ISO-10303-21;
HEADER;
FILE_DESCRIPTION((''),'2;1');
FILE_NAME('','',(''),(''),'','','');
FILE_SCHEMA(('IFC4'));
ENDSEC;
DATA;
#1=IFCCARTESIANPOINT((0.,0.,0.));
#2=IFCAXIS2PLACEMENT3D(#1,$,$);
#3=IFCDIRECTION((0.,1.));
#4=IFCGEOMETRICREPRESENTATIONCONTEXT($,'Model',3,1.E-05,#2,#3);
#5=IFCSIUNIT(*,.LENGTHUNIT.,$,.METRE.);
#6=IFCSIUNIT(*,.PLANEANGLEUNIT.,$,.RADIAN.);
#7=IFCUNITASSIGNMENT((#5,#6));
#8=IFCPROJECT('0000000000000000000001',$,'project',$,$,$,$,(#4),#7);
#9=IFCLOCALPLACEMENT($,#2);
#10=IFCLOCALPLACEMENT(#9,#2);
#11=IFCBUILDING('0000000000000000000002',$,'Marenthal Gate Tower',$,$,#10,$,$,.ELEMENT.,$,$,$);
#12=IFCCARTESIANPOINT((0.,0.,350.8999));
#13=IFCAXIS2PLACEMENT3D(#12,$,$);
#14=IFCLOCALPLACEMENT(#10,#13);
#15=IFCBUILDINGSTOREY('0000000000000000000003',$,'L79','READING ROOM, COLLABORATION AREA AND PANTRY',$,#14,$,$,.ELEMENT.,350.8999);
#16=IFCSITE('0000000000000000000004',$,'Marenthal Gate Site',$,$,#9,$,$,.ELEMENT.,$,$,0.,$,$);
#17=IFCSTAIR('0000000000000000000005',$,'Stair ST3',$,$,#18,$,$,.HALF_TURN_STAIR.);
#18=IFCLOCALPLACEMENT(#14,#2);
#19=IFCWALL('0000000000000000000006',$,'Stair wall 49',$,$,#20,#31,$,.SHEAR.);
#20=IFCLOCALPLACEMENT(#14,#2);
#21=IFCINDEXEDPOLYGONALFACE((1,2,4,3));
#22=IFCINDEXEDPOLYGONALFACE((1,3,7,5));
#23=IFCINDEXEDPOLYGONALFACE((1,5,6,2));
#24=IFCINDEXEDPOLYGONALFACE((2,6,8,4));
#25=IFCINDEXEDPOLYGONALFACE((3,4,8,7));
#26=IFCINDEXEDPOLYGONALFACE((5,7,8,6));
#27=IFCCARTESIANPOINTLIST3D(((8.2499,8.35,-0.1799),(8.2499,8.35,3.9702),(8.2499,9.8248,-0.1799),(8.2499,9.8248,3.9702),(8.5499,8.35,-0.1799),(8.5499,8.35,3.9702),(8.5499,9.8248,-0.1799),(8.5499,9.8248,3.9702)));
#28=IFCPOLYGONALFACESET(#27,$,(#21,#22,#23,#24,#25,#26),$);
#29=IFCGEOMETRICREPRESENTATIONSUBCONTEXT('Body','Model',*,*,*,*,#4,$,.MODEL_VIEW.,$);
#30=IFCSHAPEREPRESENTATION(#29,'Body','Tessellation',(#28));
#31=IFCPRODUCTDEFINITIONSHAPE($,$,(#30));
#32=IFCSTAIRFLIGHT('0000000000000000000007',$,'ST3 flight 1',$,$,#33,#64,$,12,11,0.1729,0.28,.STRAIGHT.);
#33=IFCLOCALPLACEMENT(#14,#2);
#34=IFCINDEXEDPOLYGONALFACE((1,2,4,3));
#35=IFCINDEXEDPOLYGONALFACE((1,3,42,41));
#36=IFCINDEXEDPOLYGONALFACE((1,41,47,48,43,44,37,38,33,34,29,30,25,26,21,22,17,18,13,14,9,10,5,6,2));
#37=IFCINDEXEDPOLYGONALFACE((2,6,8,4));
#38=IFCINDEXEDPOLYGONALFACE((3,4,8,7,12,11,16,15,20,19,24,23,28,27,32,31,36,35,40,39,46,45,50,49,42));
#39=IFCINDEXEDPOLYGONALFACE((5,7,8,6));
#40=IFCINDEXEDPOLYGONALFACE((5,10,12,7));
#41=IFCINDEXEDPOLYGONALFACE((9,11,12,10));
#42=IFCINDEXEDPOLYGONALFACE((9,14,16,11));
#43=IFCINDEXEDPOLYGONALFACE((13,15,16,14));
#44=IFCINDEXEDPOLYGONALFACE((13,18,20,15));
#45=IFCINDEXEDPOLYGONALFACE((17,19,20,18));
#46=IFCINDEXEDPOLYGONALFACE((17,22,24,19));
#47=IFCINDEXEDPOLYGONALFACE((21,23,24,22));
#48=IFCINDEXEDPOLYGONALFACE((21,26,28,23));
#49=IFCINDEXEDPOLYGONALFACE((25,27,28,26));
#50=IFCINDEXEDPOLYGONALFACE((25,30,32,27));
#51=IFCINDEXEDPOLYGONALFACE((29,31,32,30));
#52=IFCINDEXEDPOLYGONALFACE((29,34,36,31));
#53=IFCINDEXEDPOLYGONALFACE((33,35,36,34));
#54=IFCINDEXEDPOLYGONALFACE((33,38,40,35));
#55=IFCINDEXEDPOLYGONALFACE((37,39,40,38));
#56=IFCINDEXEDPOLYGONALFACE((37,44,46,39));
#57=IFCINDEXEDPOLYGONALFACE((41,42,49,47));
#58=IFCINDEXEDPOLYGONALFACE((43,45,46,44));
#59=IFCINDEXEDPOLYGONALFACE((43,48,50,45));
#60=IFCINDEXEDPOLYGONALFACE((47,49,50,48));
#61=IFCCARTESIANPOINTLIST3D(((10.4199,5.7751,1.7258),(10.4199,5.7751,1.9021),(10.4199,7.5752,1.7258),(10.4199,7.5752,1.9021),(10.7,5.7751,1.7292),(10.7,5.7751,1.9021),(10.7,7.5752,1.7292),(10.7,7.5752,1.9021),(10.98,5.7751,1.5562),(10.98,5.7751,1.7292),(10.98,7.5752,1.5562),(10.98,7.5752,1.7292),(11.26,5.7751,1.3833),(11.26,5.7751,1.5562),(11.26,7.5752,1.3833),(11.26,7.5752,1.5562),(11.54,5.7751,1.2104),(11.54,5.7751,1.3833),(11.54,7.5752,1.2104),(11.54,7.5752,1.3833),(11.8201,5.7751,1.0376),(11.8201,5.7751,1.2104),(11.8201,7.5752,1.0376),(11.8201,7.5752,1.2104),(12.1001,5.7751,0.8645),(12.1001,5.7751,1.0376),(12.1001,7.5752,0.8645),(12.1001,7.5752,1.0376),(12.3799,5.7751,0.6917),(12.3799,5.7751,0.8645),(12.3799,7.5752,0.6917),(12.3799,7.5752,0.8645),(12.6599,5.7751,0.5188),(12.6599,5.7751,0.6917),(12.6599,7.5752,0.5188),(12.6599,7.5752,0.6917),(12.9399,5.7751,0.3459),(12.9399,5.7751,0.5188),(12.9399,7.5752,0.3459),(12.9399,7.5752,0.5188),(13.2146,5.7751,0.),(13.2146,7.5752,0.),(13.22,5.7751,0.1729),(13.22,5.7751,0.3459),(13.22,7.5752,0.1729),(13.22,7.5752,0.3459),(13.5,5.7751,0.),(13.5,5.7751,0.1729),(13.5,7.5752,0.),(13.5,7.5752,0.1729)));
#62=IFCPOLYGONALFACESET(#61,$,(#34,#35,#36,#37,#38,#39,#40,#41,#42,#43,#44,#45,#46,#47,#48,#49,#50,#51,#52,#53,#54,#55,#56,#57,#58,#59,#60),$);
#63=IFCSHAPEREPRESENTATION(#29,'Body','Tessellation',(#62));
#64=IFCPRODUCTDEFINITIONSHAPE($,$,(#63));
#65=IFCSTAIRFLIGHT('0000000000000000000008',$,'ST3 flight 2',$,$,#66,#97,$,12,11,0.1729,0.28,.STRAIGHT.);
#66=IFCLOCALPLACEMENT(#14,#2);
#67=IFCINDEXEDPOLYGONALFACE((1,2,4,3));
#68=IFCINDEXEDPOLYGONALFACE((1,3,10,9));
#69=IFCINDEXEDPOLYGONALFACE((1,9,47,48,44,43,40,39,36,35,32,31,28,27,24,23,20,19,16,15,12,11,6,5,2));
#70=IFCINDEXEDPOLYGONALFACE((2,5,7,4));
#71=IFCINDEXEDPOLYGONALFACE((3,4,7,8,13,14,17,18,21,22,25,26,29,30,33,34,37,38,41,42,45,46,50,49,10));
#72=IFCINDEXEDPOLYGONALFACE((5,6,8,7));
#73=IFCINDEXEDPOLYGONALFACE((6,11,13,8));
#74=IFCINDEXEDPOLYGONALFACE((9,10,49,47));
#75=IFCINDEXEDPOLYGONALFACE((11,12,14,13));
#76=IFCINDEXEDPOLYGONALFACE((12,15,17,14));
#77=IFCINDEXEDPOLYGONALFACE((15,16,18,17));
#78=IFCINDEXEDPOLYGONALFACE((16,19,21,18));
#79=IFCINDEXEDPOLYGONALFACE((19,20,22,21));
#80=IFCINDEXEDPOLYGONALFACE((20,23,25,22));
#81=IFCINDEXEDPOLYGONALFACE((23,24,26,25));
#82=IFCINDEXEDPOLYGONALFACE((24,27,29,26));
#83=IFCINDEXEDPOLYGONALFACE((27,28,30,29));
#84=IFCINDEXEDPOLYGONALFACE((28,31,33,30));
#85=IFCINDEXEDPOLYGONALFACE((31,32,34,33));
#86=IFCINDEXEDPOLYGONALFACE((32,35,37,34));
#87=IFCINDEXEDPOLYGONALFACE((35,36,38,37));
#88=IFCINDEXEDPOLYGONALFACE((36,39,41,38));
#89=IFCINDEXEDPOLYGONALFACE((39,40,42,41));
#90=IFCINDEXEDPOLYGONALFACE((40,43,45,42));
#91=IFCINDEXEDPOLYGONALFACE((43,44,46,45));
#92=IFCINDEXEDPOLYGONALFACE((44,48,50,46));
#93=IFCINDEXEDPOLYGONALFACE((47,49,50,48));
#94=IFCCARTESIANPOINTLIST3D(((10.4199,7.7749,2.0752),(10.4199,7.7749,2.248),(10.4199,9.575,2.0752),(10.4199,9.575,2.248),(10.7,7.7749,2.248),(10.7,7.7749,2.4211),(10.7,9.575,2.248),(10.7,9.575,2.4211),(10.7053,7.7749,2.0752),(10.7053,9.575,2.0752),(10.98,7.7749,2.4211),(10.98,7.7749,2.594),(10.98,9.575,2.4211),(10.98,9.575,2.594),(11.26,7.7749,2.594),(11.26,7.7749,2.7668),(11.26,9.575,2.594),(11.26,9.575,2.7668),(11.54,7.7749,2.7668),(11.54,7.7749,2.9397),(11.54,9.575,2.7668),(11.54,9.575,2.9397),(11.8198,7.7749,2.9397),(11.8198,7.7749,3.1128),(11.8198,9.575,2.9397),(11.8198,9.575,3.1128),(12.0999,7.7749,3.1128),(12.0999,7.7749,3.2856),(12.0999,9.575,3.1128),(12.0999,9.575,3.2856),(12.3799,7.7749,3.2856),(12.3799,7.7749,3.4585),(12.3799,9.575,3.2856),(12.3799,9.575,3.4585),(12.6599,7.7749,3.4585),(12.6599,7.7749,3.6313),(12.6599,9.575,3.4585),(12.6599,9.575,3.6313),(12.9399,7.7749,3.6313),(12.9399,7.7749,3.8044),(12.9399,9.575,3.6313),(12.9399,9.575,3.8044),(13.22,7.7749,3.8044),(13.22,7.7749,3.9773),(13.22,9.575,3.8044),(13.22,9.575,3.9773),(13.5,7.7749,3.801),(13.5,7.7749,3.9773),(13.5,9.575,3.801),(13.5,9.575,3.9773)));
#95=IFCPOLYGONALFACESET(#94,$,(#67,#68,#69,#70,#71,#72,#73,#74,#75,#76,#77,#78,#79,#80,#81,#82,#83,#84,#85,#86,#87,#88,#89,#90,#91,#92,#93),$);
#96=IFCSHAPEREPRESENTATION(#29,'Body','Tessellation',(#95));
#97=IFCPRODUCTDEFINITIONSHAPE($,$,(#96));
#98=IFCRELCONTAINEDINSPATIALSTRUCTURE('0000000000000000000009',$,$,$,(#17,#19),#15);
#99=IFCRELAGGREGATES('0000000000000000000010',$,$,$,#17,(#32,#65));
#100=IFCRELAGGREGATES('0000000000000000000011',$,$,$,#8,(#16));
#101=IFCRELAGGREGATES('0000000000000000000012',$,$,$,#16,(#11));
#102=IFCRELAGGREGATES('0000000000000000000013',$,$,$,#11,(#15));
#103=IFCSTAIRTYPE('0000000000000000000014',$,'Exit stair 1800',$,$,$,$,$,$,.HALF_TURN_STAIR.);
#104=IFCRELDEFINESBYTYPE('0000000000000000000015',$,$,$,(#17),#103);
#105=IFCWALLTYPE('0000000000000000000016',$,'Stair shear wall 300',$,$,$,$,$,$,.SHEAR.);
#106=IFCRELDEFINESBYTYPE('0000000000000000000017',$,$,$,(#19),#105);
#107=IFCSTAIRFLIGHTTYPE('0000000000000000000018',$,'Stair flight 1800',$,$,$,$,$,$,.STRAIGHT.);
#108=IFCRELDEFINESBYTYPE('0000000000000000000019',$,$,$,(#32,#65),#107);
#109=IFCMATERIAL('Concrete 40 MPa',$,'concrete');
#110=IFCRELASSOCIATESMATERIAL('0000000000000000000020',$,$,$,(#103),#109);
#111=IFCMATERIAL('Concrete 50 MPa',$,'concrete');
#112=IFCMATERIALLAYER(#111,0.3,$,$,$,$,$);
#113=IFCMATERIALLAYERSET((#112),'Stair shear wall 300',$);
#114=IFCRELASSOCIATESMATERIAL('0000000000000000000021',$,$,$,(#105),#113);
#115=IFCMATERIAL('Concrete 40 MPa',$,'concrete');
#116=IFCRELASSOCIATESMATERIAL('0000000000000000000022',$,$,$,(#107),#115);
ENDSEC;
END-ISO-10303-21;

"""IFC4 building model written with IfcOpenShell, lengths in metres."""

from ifc_helpers import new_model, si_unit, direction, frame, frame_2d, origin, place, context, subcontext, project, spatial, polyline, rectangle, outline, extrude, material, layer, layer_set, type_object, element, aggregate, save


model = new_model("IFC4")

# Units and contexts
model_context = context("Model", 3, precision=1e-05, world=origin(), true_north=direction((0.0, 1.0)))
body_context = subcontext(model_context, "Body", "Model", "MODEL_VIEW")
ifc_project = project(units=[si_unit("LENGTHUNIT", "METRE"), si_unit("PLANEANGLEUNIT", "RADIAN")], contexts=[model_context])

# Site, building, storey
site_placement = place(None, origin())
site = spatial("IfcSite", under=ifc_project, at=site_placement, Name="Marenthal Gate Site", CompositionType="ELEMENT", RefElevation=0.0)
building_placement = place(site_placement, origin())
building = spatial("IfcBuilding", under=site, at=building_placement, Name="Marenthal Gate Tower", CompositionType="ELEMENT")
storey_placement = place(building_placement, frame((0.0, 0.0, 350.8999)))
storey = spatial("IfcBuildingStorey", under=building, at=storey_placement, Name="L79", Description="READING ROOM, COLLABORATION AREA AND PANTRY", CompositionType="ELEMENT", Elevation=350.8999)

# Stair
ifc_material_1 = material(Name="Concrete 40 MPa", Category="concrete")
stair_type = type_object("IfcStairType", Name="Exit stair 1800", PredefinedType="HALF_TURN_STAIR", material=ifc_material_1)
stair_placement = place(storey_placement, origin())
stair = element("IfcStair", 1, at=stair_placement, inside=storey, type_object=stair_type, Name="Stair ST3", PredefinedType="HALF_TURN_STAIR")

# Wall
ifc_material_2 = material(Name="Concrete 50 MPa", Category="concrete")
ifc_layer_1 = layer(ifc_material_2, 0.3)
ifc_layer_set_1 = layer_set([ifc_layer_1], Name="Stair shear wall 300")
wall_type_1 = type_object("IfcWallType", Name="Stair shear wall 300", PredefinedType="SHEAR", material=ifc_layer_set_1)
wall_1_placement = place(storey_placement, frame((8.3999, 8.3501, -0.1799), z_axis=(0.0, 0.0, 1.0), x_axis=(0.0, 1.0, 0.0)))
element("IfcWall", 2, at=wall_1_placement, inside=storey, type_object=wall_type_1, Name="Stair wall 49", PredefinedType="SHEAR", context=body_context, shape_type="SweptSolid", body=[
    extrude(rectangle(XDim=1.4749, YDim=0.3, at=frame_2d((0.7373, 0.0))), origin(), (0.0, 0.0, 1.0), 4.1501),
])

# Stair flights
ifc_material_3 = material(Name="Concrete 40 MPa", Category="concrete")
stair_flight_type = type_object("IfcStairFlightType", Name="Stair flight 1800", PredefinedType="STRAIGHT", material=ifc_material_3)
stair_flight_1_placement = place(storey_placement, frame((13.5, 6.675, 0.0), z_axis=(0.0, 0.0, 1.0), x_axis=(-1.0, 0.0, 0.0)))
stair_flight_1 = element("IfcStairFlight", 3, at=stair_flight_1_placement, type_object=stair_flight_type, Name="ST3 flight 1", NumberOfRisers=12, NumberOfTreads=11, PredefinedType="STRAIGHT", RiserHeight=0.1729, TreadLength=0.28, context=body_context, shape_type="SweptSolid", body=[
    extrude(outline(polyline([(0.0, 0.0), (0.0, 0.1729), (0.28, 0.1729), (0.28, 0.3459), (0.5601, 0.3459), (0.5601, 0.5188), (0.8401, 0.5188), (0.8401, 0.6917), (1.1201, 0.6917), (1.1201, 0.8645), (1.3999, 0.8645), (1.3999, 1.0376), (1.6799, 1.0376), (1.6799, 1.2104), (1.96, 1.2104), (1.96, 1.3833), (2.24, 1.3833), (2.24, 1.5562), (2.52, 1.5562), (2.52, 1.7292), (2.8, 1.7292), (2.8, 1.9021), (3.0801, 1.9021), (3.0801, 2.075), (3.0801, 1.7258), (0.2854, 0.0), (0.0, 0.0)])), frame((0.0, 0.8999, 0.0), z_axis=(0.0, -1.0, 0.0), x_axis=(1.0, 0.0, 0.0)), (0.0, 0.0, 1.0), 1.8),
])
stair_flight_2_placement = place(storey_placement, frame((10.4199, 8.675, 2.0752), z_axis=(0.0, 0.0, 1.0), x_axis=(1.0, 0.0, 0.0)))
stair_flight_2 = element("IfcStairFlight", 4, at=stair_flight_2_placement, type_object=stair_flight_type, Name="ST3 flight 2", NumberOfRisers=12, NumberOfTreads=11, PredefinedType="STRAIGHT", RiserHeight=0.1729, TreadLength=0.28, context=body_context, shape_type="SweptSolid", body=[
    extrude(outline(polyline([(0.0, 0.0), (0.0, 0.1729), (0.28, 0.1729), (0.28, 0.3459), (0.5601, 0.3459), (0.5601, 0.5188), (0.8401, 0.5188), (0.8401, 0.6917), (1.1201, 0.6917), (1.1201, 0.8645), (1.3999, 0.8645), (1.3999, 1.0376), (1.6799, 1.0376), (1.6799, 1.2104), (1.96, 1.2104), (1.96, 1.3833), (2.24, 1.3833), (2.24, 1.5562), (2.52, 1.5562), (2.52, 1.7292), (2.8, 1.7292), (2.8, 1.9021), (3.0801, 1.9021), (3.0801, 2.075), (3.0801, 1.7258), (0.2854, 0.0), (0.0, 0.0)])), frame((0.0, 0.8999, 0.0), z_axis=(0.0, -1.0, 0.0), x_axis=(1.0, 0.0, 0.0)), (0.0, 0.0, 1.0), 1.8),
])
aggregate(stair, [stair_flight_1, stair_flight_2])

save(model, "model.ifc")
